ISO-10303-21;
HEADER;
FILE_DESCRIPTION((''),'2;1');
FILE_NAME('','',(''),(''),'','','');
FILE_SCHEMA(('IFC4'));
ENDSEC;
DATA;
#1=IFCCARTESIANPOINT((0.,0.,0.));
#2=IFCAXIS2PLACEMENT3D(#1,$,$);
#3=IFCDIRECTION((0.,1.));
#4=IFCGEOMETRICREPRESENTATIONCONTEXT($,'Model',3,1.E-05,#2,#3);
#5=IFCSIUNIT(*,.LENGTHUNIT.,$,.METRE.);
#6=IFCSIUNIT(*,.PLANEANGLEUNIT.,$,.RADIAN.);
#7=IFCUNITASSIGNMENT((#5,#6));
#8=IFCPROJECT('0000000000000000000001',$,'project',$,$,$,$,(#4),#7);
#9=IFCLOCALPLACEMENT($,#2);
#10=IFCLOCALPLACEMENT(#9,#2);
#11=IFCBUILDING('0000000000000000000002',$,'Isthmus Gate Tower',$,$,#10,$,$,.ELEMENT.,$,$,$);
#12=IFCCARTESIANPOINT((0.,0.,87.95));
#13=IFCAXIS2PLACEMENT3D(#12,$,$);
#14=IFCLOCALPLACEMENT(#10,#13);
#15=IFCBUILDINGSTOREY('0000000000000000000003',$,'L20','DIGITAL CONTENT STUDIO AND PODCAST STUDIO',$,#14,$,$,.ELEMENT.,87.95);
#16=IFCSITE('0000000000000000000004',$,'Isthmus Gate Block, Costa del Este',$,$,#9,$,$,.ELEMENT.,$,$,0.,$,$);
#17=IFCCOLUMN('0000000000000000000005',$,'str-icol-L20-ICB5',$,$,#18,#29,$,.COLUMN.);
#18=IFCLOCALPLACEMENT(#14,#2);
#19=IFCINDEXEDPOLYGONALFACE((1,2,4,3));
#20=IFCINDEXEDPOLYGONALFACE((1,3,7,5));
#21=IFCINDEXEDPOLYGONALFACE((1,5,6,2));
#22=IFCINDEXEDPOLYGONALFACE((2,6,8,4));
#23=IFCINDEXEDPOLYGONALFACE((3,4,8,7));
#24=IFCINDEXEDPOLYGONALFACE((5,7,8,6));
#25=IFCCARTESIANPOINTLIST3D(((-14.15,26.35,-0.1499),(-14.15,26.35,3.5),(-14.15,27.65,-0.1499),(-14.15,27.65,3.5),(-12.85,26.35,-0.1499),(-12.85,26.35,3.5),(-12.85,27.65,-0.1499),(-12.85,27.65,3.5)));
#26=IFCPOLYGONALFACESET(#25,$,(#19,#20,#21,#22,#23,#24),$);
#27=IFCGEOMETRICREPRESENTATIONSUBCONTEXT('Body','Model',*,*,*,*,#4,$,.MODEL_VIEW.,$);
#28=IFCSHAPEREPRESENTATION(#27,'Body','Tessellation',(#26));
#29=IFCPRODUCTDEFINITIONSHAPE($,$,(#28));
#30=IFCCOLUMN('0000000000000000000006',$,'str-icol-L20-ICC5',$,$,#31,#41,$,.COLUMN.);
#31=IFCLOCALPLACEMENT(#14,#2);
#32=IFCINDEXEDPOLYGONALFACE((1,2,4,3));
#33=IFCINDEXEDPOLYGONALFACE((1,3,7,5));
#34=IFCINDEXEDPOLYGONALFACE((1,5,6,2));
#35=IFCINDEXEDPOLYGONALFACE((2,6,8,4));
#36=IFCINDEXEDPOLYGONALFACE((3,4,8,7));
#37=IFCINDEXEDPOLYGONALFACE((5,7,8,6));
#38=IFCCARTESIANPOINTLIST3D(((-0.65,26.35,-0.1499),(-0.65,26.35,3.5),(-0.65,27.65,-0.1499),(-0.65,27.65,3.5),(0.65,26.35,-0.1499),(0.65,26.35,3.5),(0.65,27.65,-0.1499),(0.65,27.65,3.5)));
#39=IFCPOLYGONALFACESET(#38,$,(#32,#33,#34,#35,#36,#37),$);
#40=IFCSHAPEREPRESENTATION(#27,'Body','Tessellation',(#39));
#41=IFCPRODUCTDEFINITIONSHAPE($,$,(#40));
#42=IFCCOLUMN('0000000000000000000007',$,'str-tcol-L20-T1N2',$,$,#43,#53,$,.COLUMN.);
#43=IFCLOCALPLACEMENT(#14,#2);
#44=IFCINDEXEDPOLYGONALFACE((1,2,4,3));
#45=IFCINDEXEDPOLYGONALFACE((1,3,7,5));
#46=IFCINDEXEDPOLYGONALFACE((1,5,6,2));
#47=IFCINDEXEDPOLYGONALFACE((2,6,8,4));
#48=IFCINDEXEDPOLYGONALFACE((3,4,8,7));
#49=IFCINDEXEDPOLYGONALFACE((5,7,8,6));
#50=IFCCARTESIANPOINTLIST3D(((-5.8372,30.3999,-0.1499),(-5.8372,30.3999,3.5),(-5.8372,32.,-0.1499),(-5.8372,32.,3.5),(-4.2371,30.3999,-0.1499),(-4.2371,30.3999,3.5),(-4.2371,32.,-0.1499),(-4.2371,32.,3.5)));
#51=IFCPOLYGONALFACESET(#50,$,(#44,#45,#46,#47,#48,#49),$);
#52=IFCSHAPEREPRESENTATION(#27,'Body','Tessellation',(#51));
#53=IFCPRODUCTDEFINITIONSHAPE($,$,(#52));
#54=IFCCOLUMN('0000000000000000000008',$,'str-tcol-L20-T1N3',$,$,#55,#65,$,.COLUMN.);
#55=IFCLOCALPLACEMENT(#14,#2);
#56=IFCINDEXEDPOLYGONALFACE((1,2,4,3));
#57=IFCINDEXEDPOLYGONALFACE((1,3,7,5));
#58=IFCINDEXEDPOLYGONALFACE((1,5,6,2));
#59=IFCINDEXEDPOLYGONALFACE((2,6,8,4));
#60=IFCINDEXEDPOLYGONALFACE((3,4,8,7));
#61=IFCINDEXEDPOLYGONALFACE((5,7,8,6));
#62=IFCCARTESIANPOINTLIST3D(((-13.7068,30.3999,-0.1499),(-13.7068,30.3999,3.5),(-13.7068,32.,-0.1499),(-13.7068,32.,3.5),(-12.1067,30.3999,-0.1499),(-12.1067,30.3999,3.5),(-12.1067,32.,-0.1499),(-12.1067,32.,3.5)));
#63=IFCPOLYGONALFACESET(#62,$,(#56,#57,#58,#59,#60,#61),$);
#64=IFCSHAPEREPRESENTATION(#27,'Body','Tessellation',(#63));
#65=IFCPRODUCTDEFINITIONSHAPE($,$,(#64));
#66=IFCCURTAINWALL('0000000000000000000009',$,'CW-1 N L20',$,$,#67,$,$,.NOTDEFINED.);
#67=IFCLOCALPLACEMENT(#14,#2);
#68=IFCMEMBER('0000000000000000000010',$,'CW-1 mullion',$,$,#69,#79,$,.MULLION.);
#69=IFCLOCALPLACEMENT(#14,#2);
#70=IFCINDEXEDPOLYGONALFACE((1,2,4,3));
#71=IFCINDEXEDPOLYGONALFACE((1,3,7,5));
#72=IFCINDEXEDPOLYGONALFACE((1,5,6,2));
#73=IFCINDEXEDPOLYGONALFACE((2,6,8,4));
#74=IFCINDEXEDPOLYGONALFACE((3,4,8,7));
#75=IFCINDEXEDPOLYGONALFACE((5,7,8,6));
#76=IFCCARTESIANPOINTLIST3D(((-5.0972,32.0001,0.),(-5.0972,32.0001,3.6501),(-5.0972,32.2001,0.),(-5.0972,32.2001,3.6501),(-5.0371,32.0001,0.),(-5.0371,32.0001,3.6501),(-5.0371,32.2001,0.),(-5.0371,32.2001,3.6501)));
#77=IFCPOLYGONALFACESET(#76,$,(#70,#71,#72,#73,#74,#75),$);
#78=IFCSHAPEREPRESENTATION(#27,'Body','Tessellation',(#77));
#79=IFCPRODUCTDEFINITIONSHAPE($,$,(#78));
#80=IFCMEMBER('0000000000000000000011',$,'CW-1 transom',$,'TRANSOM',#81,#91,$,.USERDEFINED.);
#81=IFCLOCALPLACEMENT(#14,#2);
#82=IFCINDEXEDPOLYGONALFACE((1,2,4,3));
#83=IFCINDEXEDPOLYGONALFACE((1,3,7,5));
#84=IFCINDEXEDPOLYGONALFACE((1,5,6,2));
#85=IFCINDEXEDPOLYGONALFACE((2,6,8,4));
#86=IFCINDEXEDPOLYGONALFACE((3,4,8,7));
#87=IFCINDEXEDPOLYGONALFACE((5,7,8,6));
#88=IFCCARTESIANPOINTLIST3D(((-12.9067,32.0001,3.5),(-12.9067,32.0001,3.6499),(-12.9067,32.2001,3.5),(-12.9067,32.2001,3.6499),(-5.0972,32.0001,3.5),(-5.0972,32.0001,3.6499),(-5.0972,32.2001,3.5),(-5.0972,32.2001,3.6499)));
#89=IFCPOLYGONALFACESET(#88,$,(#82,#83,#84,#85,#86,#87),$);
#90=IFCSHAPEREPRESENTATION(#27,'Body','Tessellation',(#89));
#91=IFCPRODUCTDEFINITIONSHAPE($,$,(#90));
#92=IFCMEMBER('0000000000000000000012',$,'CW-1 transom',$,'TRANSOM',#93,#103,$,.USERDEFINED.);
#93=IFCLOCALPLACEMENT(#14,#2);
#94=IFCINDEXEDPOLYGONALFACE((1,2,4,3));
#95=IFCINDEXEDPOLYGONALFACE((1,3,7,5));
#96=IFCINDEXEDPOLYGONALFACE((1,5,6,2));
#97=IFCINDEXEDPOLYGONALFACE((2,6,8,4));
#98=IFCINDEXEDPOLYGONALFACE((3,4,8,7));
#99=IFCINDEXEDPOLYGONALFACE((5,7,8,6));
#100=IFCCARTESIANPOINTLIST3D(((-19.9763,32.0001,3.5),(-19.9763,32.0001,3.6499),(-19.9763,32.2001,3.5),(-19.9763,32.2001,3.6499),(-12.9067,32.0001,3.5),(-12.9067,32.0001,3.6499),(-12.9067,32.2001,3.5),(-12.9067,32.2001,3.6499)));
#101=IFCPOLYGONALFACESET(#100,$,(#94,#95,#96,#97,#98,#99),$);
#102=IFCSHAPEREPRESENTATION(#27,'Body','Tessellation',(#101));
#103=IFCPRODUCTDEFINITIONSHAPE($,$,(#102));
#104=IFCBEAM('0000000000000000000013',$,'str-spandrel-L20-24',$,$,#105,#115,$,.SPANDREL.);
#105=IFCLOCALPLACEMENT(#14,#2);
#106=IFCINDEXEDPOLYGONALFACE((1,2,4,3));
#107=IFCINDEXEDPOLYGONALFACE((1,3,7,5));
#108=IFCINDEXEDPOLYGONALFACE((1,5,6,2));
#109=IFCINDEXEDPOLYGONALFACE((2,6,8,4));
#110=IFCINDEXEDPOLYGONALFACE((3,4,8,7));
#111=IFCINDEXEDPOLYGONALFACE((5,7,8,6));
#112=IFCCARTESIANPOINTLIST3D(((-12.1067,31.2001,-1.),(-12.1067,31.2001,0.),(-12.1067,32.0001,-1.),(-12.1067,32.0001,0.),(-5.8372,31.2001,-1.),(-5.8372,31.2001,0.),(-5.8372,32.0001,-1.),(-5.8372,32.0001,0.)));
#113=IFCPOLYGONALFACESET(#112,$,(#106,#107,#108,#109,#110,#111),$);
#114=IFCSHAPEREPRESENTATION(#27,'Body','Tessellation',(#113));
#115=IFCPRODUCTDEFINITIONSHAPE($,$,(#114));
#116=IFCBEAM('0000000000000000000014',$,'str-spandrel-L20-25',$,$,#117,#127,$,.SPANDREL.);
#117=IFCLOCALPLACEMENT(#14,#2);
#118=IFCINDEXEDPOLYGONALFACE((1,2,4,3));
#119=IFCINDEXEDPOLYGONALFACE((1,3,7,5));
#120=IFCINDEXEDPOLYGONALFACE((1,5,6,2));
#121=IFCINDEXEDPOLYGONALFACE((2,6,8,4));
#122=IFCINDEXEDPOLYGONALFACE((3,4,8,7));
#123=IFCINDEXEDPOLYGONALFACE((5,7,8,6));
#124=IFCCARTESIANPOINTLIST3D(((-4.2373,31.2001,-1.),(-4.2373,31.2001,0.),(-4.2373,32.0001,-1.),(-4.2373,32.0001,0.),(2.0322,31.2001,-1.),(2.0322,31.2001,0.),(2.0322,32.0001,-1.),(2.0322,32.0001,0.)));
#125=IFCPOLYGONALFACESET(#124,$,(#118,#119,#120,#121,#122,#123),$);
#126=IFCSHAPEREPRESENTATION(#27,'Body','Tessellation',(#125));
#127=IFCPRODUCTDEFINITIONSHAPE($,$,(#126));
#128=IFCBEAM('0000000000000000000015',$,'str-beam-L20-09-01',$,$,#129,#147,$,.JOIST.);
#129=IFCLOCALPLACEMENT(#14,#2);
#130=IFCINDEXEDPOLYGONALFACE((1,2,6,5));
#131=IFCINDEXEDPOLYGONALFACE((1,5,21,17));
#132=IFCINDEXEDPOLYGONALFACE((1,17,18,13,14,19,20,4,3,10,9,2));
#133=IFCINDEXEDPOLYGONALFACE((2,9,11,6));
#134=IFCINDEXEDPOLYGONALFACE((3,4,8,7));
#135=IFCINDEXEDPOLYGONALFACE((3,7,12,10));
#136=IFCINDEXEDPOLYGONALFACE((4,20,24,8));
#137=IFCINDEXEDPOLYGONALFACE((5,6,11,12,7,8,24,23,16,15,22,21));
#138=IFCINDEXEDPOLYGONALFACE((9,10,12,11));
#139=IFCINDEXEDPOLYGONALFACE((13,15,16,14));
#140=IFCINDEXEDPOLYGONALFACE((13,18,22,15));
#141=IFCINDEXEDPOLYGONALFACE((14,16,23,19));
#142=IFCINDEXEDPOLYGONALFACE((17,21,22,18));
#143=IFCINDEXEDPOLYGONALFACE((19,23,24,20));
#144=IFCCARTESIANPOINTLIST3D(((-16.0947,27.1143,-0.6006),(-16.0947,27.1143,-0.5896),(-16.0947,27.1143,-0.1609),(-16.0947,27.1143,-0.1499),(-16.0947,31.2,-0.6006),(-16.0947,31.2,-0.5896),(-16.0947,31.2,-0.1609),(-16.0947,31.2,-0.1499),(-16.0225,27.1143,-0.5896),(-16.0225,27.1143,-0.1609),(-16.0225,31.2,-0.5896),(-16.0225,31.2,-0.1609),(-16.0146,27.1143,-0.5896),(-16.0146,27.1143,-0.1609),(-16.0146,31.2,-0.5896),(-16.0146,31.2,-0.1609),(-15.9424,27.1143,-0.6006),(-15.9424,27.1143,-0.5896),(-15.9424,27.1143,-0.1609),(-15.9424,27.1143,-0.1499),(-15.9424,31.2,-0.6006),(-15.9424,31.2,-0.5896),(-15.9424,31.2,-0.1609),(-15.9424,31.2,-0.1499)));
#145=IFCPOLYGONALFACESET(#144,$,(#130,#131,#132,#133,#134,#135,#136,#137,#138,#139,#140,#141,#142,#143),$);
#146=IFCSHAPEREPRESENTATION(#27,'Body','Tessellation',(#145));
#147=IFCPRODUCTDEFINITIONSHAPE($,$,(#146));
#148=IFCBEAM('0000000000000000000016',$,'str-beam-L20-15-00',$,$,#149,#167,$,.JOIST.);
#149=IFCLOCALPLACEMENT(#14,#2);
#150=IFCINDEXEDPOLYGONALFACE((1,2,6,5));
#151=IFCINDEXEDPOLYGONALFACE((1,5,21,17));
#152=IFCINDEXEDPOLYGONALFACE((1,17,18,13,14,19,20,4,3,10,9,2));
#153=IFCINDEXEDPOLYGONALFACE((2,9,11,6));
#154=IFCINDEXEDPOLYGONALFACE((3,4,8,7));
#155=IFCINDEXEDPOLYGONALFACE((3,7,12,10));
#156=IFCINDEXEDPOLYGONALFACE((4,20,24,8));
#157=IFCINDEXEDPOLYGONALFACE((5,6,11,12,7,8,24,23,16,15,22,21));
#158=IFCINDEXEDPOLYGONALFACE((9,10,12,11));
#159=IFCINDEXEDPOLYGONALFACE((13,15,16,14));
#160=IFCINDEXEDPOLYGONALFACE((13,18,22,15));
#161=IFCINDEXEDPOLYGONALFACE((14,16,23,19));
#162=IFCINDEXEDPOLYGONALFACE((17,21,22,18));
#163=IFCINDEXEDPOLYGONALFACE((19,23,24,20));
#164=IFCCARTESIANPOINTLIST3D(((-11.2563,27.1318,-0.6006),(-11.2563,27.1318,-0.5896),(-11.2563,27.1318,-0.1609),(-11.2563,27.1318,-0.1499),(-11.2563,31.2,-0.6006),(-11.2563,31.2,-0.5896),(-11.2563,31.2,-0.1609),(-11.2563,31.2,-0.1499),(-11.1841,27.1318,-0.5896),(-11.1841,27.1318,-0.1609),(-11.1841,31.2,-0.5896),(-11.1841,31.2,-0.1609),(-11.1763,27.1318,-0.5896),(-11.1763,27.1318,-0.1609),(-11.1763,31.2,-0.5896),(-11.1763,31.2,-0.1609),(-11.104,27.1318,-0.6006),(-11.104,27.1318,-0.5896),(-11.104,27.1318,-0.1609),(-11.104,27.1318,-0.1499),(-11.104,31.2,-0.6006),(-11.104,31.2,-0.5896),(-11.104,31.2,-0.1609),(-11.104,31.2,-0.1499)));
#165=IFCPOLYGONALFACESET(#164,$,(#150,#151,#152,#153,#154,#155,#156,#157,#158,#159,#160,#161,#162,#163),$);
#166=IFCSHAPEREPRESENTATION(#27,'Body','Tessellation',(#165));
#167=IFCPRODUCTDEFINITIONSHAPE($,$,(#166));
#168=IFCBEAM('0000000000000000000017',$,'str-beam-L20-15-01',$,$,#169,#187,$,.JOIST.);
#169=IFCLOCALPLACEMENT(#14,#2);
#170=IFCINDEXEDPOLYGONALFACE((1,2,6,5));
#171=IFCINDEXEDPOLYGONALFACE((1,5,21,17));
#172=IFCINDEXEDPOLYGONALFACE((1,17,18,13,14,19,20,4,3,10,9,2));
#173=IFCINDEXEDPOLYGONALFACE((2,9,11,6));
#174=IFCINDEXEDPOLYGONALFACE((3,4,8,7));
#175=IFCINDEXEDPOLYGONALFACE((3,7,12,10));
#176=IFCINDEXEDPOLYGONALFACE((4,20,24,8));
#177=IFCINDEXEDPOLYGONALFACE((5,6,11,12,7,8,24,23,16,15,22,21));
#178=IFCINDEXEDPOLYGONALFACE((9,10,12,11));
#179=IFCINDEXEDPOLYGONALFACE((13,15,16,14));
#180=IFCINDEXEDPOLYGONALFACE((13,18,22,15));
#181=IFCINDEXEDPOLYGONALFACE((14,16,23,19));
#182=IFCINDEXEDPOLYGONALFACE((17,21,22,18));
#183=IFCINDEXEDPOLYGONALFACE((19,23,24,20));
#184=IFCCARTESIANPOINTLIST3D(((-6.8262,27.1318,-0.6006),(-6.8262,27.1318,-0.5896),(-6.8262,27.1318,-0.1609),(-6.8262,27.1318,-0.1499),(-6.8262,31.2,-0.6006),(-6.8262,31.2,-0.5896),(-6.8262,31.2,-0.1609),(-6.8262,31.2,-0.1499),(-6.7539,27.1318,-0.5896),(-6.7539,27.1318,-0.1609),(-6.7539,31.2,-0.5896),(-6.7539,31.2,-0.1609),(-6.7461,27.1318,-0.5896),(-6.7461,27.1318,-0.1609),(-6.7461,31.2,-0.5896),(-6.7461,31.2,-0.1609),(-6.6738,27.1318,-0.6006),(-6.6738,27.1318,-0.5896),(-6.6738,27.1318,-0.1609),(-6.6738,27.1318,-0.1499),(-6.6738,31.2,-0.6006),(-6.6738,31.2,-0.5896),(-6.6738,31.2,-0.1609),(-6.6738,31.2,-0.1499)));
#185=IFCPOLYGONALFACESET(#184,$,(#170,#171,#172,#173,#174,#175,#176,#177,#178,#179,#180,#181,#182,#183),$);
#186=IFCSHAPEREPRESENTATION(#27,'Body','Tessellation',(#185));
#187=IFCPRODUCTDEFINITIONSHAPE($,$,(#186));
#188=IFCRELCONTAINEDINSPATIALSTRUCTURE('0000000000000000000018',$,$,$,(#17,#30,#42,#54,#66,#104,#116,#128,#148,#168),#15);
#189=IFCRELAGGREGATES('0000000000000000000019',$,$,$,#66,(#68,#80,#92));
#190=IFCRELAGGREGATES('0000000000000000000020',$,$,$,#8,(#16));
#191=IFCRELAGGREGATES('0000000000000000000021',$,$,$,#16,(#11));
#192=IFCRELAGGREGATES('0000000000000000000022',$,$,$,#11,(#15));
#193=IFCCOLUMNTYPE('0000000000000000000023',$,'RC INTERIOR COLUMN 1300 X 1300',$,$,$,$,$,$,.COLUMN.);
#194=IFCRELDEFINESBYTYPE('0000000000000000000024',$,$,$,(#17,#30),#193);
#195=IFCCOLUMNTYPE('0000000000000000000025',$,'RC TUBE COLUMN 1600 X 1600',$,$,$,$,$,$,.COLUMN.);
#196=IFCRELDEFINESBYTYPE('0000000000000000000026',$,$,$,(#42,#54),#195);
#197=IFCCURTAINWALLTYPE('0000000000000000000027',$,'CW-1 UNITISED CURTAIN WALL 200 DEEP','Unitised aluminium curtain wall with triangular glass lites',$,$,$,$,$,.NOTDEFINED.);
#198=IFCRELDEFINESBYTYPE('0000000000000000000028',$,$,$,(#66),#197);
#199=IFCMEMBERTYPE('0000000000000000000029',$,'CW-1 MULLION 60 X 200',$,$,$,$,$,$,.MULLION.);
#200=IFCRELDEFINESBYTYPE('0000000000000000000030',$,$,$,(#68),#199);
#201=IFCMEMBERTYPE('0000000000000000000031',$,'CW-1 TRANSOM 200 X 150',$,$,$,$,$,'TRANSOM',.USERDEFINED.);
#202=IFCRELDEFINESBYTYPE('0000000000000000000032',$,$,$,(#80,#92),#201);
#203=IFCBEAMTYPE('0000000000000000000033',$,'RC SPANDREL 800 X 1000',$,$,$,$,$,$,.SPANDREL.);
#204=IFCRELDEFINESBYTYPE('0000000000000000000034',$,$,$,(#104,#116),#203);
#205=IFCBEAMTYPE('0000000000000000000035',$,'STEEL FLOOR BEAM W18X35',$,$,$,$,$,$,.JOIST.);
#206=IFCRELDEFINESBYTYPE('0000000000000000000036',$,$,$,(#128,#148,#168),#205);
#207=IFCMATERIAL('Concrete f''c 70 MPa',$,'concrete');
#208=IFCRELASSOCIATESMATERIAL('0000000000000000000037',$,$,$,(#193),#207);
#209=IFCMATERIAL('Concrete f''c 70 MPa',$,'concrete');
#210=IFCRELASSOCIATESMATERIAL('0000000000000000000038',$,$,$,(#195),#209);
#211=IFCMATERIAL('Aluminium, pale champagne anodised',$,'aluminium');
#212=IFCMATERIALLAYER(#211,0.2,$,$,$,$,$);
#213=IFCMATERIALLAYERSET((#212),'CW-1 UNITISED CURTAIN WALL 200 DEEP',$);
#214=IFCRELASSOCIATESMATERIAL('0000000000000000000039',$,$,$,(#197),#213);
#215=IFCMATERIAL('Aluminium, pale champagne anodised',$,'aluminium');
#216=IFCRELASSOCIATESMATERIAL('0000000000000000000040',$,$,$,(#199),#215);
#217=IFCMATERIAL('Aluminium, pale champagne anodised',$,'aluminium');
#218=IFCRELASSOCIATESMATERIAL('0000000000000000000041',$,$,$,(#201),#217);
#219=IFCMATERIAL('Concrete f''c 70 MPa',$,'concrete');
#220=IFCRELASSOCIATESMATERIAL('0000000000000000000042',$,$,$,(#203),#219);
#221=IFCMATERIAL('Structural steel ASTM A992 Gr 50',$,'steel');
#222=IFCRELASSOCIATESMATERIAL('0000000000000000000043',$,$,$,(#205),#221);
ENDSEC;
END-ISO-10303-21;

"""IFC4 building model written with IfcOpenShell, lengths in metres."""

from ifc_helpers import new_model, si_unit, direction, frame, origin, origin_2d, place, context, subcontext, project, spatial, rectangle, i_section, extrude, material, layer, layer_set, material_profile, profile_set, type_object, element, aggregate, save


model = new_model("IFC4")

# Units and contexts
model_context = context("Model", 3, precision=1e-05, world=origin(), true_north=direction((0.0, 1.0)))
body_context = subcontext(model_context, "Body", "Model", "MODEL_VIEW")
ifc_project = project(units=[si_unit("LENGTHUNIT", "METRE"), si_unit("PLANEANGLEUNIT", "RADIAN")], contexts=[model_context])

# Site, building, storey
site_placement = place(None, origin())
site = spatial("IfcSite", under=ifc_project, at=site_placement, Name="Isthmus Gate Block, Costa del Este", CompositionType="ELEMENT", RefElevation=0.0)
building_placement = place(site_placement, origin())
building = spatial("IfcBuilding", under=site, at=building_placement, Name="Isthmus Gate Tower", CompositionType="ELEMENT")
storey_placement = place(building_placement, frame((0.0, 0.0, 87.95)))
storey = spatial("IfcBuildingStorey", under=building, at=storey_placement, Name="L20", Description="DIGITAL CONTENT STUDIO AND PODCAST STUDIO", CompositionType="ELEMENT", Elevation=87.95)

# Columns
ifc_material_1 = material(Name="Concrete f'c 70 MPa", Category="concrete")
ifc_material_profile_1 = material_profile(ifc_material_1, rectangle(XDim=1.3, YDim=1.3, at=origin_2d()), Name="RC 1300X1300")
ifc_profile_set_1 = profile_set([ifc_material_profile_1], Name="Concrete f'c 70 MPa")
column_type_1 = type_object("IfcColumnType", Name="RC INTERIOR COLUMN 1300 X 1300", PredefinedType="COLUMN", material=ifc_profile_set_1)
for number, where, z_axis, x_axis, name in (
    (1, (-13.5, 27.0, -0.1499), (0.0, 0.0, 1.0), (1.0, 0.0, 0.0), "str-icol-L20-ICB5"),
    (2, (0.0, 27.0, -0.1499), (0.0, 0.0, 1.0), (1.0, 0.0, 0.0), "str-icol-L20-ICC5"),
):
    element("IfcColumn", number, at=place(storey_placement, frame(where, z_axis=z_axis, x_axis=x_axis)), inside=storey, type_object=column_type_1, Name=name, PredefinedType="COLUMN", context=body_context, shape_type="SweptSolid", body=[
        extrude(rectangle(XDim=1.3, YDim=1.3, at=origin_2d()), origin(), (0.0, 0.0, 1.0), 3.6499),
    ])
ifc_material_2 = material(Name="Concrete f'c 70 MPa", Category="concrete")
ifc_material_profile_2 = material_profile(ifc_material_2, rectangle(XDim=1.6001, YDim=1.6001, at=origin_2d()), Name="RC 1600X1600")
ifc_profile_set_2 = profile_set([ifc_material_profile_2], Name="Concrete f'c 70 MPa")
column_type_2 = type_object("IfcColumnType", Name="RC TUBE COLUMN 1600 X 1600", PredefinedType="COLUMN", material=ifc_profile_set_2)
for number, where, z_axis, x_axis, name in (
    (3, (-5.0371, 31.2, -0.1499), (0.0, 0.0, 1.0), (-1.0, 0.0, 0.0), "str-tcol-L20-T1N2"),
    (4, (-12.9067, 31.2, -0.1499), (0.0, 0.0, 1.0), (-1.0, 0.0, 0.0), "str-tcol-L20-T1N3"),
):
    element("IfcColumn", number, at=place(storey_placement, frame(where, z_axis=z_axis, x_axis=x_axis)), inside=storey, type_object=column_type_2, Name=name, PredefinedType="COLUMN", context=body_context, shape_type="SweptSolid", body=[
        extrude(rectangle(XDim=1.6001, YDim=1.6001, at=origin_2d()), origin(), (0.0, 0.0, 1.0), 3.6499),
    ])

# Curtain wall, members
ifc_material_3 = material(Name="Aluminium, pale champagne anodised", Category="aluminium")
ifc_layer_1 = layer(ifc_material_3, 0.2)
ifc_layer_set_1 = layer_set([ifc_layer_1], Name="CW-1 UNITISED CURTAIN WALL 200 DEEP")
curtain_wall_type = type_object("IfcCurtainWallType", Name="CW-1 UNITISED CURTAIN WALL 200 DEEP", Description="Unitised aluminium curtain wall with triangular glass lites", PredefinedType="NOTDEFINED", material=ifc_layer_set_1)
curtain_wall_placement = place(storey_placement, origin())
curtain_wall = element("IfcCurtainWall", 5, at=curtain_wall_placement, inside=storey, type_object=curtain_wall_type, Name="CW-1 N L20", PredefinedType="NOTDEFINED")
ifc_material_4 = material(Name="Aluminium, pale champagne anodised", Category="aluminium")
ifc_material_profile_3 = material_profile(ifc_material_4, rectangle(XDim=0.0601, YDim=0.2, at=origin_2d()), Name="60x200")
ifc_profile_set_3 = profile_set([ifc_material_profile_3], Name="Aluminium, pale champagne anodised")
member_type_1 = type_object("IfcMemberType", Name="CW-1 MULLION 60 X 200", PredefinedType="MULLION", material=ifc_profile_set_3)
member_1_placement = place(storey_placement, frame((-5.0671, 32.1001, 0.0), z_axis=(0.0, 0.0, 1.0), x_axis=(-1.0, 0.0, 0.0)))
member_1 = element("IfcMember", 6, at=member_1_placement, type_object=member_type_1, Name="CW-1 mullion", PredefinedType="MULLION", context=body_context, shape_type="SweptSolid", body=[
    extrude(rectangle(XDim=0.0601, YDim=0.2, at=origin_2d()), origin(), (0.0, 0.0, 1.0), 3.6501),
])
ifc_material_5 = material(Name="Aluminium, pale champagne anodised", Category="aluminium")
ifc_material_profile_4 = material_profile(ifc_material_5, rectangle(XDim=0.2, YDim=0.1499, at=origin_2d()), Name="200x150")
ifc_profile_set_4 = profile_set([ifc_material_profile_4], Name="Aluminium, pale champagne anodised")
member_type_2 = type_object("IfcMemberType", Name="CW-1 TRANSOM 200 X 150", ElementType="TRANSOM", PredefinedType="USERDEFINED", material=ifc_profile_set_4)
member_2_placement = place(storey_placement, frame((-5.0972, 32.1001, 3.575), z_axis=(-1.0, 0.0, 0.0), x_axis=(0.0, -1.0, 0.0)))
member_2 = element("IfcMember", 7, at=member_2_placement, type_object=member_type_2, Name="CW-1 transom", ObjectType="TRANSOM", PredefinedType="USERDEFINED", context=body_context, shape_type="SweptSolid", body=[
    extrude(rectangle(XDim=0.2, YDim=0.1499, at=origin_2d()), origin(), (0.0, 0.0, 1.0), 7.8096),
])
member_3_placement = place(storey_placement, frame((-12.9067, 32.1001, 3.575), z_axis=(-1.0, 0.0, 0.0), x_axis=(0.0, -1.0, 0.0)))
member_3 = element("IfcMember", 8, at=member_3_placement, type_object=member_type_2, Name="CW-1 transom", ObjectType="TRANSOM", PredefinedType="USERDEFINED", context=body_context, shape_type="SweptSolid", body=[
    extrude(rectangle(XDim=0.2, YDim=0.1499, at=origin_2d()), origin(), (0.0, 0.0, 1.0), 7.0696),
])

# Beams
ifc_material_6 = material(Name="Concrete f'c 70 MPa", Category="concrete")
ifc_material_profile_5 = material_profile(ifc_material_6, rectangle(XDim=0.8, YDim=1.0, at=origin_2d()), Name="RC 800X1000")
ifc_profile_set_5 = profile_set([ifc_material_profile_5], Name="Concrete f'c 70 MPa")
beam_type_1 = type_object("IfcBeamType", Name="RC SPANDREL 800 X 1000", PredefinedType="SPANDREL", material=ifc_profile_set_5)
for number, where, z_axis, x_axis, name in (
    (9, (-12.1067, 31.6001, -0.5), (1.0, 0.0, 0.0), (0.0, 1.0, 0.0), "str-spandrel-L20-24"),
    (10, (-4.2373, 31.6001, -0.5), (1.0, 0.0, 0.0), (0.0, 1.0, 0.0), "str-spandrel-L20-25"),
):
    element("IfcBeam", number, at=place(storey_placement, frame(where, z_axis=z_axis, x_axis=x_axis)), inside=storey, type_object=beam_type_1, Name=name, PredefinedType="SPANDREL", context=body_context, shape_type="SweptSolid", body=[
        extrude(rectangle(XDim=0.8, YDim=1.0, at=origin_2d()), origin(), (0.0, 0.0, 1.0), 6.2695),
    ])
ifc_material_7 = material(Name="Structural steel ASTM A992 Gr 50", Category="steel")
ifc_material_profile_6 = material_profile(ifc_material_7, i_section(OverallWidth=0.1523, OverallDepth=0.4507, WebThickness=0.0078, FlangeThickness=0.011, at=origin_2d()), Name="W18X35")
ifc_profile_set_6 = profile_set([ifc_material_profile_6], Name="Structural steel ASTM A992 Gr 50")
beam_type_2 = type_object("IfcBeamType", Name="STEEL FLOOR BEAM W18X35", PredefinedType="JOIST", material=ifc_profile_set_6)
beam_1_placement = place(storey_placement, frame((-16.0186, 27.1143, -0.3752), z_axis=(0.0, 1.0, 0.0), x_axis=(-1.0, 0.0, 0.0)))
element("IfcBeam", 11, at=beam_1_placement, inside=storey, type_object=beam_type_2, Name="str-beam-L20-09-01", PredefinedType="JOIST", context=body_context, shape_type="SweptSolid", body=[
    extrude(i_section(OverallWidth=0.1523, OverallDepth=0.4507, WebThickness=0.0078, FlangeThickness=0.011, at=origin_2d()), origin(), (0.0, 0.0, 1.0), 4.0857),
])
for number, where, z_axis, x_axis, name in (
    (12, (-11.1802, 27.1318, -0.3752), (0.0, 1.0, 0.0), (-1.0, 0.0, 0.0), "str-beam-L20-15-00"),
    (13, (-6.75, 27.1318, -0.3752), (0.0, 1.0, 0.0), (-1.0, 0.0, 0.0), "str-beam-L20-15-01"),
):
    element("IfcBeam", number, at=place(storey_placement, frame(where, z_axis=z_axis, x_axis=x_axis)), inside=storey, type_object=beam_type_2, Name=name, PredefinedType="JOIST", context=body_context, shape_type="SweptSolid", body=[
        extrude(i_section(OverallWidth=0.1523, OverallDepth=0.4507, WebThickness=0.0078, FlangeThickness=0.011, at=origin_2d()), origin(), (0.0, 0.0, 1.0), 4.0681),
    ])

aggregate(curtain_wall, [member_1, member_2, member_3])

save(model, "model.ifc")
